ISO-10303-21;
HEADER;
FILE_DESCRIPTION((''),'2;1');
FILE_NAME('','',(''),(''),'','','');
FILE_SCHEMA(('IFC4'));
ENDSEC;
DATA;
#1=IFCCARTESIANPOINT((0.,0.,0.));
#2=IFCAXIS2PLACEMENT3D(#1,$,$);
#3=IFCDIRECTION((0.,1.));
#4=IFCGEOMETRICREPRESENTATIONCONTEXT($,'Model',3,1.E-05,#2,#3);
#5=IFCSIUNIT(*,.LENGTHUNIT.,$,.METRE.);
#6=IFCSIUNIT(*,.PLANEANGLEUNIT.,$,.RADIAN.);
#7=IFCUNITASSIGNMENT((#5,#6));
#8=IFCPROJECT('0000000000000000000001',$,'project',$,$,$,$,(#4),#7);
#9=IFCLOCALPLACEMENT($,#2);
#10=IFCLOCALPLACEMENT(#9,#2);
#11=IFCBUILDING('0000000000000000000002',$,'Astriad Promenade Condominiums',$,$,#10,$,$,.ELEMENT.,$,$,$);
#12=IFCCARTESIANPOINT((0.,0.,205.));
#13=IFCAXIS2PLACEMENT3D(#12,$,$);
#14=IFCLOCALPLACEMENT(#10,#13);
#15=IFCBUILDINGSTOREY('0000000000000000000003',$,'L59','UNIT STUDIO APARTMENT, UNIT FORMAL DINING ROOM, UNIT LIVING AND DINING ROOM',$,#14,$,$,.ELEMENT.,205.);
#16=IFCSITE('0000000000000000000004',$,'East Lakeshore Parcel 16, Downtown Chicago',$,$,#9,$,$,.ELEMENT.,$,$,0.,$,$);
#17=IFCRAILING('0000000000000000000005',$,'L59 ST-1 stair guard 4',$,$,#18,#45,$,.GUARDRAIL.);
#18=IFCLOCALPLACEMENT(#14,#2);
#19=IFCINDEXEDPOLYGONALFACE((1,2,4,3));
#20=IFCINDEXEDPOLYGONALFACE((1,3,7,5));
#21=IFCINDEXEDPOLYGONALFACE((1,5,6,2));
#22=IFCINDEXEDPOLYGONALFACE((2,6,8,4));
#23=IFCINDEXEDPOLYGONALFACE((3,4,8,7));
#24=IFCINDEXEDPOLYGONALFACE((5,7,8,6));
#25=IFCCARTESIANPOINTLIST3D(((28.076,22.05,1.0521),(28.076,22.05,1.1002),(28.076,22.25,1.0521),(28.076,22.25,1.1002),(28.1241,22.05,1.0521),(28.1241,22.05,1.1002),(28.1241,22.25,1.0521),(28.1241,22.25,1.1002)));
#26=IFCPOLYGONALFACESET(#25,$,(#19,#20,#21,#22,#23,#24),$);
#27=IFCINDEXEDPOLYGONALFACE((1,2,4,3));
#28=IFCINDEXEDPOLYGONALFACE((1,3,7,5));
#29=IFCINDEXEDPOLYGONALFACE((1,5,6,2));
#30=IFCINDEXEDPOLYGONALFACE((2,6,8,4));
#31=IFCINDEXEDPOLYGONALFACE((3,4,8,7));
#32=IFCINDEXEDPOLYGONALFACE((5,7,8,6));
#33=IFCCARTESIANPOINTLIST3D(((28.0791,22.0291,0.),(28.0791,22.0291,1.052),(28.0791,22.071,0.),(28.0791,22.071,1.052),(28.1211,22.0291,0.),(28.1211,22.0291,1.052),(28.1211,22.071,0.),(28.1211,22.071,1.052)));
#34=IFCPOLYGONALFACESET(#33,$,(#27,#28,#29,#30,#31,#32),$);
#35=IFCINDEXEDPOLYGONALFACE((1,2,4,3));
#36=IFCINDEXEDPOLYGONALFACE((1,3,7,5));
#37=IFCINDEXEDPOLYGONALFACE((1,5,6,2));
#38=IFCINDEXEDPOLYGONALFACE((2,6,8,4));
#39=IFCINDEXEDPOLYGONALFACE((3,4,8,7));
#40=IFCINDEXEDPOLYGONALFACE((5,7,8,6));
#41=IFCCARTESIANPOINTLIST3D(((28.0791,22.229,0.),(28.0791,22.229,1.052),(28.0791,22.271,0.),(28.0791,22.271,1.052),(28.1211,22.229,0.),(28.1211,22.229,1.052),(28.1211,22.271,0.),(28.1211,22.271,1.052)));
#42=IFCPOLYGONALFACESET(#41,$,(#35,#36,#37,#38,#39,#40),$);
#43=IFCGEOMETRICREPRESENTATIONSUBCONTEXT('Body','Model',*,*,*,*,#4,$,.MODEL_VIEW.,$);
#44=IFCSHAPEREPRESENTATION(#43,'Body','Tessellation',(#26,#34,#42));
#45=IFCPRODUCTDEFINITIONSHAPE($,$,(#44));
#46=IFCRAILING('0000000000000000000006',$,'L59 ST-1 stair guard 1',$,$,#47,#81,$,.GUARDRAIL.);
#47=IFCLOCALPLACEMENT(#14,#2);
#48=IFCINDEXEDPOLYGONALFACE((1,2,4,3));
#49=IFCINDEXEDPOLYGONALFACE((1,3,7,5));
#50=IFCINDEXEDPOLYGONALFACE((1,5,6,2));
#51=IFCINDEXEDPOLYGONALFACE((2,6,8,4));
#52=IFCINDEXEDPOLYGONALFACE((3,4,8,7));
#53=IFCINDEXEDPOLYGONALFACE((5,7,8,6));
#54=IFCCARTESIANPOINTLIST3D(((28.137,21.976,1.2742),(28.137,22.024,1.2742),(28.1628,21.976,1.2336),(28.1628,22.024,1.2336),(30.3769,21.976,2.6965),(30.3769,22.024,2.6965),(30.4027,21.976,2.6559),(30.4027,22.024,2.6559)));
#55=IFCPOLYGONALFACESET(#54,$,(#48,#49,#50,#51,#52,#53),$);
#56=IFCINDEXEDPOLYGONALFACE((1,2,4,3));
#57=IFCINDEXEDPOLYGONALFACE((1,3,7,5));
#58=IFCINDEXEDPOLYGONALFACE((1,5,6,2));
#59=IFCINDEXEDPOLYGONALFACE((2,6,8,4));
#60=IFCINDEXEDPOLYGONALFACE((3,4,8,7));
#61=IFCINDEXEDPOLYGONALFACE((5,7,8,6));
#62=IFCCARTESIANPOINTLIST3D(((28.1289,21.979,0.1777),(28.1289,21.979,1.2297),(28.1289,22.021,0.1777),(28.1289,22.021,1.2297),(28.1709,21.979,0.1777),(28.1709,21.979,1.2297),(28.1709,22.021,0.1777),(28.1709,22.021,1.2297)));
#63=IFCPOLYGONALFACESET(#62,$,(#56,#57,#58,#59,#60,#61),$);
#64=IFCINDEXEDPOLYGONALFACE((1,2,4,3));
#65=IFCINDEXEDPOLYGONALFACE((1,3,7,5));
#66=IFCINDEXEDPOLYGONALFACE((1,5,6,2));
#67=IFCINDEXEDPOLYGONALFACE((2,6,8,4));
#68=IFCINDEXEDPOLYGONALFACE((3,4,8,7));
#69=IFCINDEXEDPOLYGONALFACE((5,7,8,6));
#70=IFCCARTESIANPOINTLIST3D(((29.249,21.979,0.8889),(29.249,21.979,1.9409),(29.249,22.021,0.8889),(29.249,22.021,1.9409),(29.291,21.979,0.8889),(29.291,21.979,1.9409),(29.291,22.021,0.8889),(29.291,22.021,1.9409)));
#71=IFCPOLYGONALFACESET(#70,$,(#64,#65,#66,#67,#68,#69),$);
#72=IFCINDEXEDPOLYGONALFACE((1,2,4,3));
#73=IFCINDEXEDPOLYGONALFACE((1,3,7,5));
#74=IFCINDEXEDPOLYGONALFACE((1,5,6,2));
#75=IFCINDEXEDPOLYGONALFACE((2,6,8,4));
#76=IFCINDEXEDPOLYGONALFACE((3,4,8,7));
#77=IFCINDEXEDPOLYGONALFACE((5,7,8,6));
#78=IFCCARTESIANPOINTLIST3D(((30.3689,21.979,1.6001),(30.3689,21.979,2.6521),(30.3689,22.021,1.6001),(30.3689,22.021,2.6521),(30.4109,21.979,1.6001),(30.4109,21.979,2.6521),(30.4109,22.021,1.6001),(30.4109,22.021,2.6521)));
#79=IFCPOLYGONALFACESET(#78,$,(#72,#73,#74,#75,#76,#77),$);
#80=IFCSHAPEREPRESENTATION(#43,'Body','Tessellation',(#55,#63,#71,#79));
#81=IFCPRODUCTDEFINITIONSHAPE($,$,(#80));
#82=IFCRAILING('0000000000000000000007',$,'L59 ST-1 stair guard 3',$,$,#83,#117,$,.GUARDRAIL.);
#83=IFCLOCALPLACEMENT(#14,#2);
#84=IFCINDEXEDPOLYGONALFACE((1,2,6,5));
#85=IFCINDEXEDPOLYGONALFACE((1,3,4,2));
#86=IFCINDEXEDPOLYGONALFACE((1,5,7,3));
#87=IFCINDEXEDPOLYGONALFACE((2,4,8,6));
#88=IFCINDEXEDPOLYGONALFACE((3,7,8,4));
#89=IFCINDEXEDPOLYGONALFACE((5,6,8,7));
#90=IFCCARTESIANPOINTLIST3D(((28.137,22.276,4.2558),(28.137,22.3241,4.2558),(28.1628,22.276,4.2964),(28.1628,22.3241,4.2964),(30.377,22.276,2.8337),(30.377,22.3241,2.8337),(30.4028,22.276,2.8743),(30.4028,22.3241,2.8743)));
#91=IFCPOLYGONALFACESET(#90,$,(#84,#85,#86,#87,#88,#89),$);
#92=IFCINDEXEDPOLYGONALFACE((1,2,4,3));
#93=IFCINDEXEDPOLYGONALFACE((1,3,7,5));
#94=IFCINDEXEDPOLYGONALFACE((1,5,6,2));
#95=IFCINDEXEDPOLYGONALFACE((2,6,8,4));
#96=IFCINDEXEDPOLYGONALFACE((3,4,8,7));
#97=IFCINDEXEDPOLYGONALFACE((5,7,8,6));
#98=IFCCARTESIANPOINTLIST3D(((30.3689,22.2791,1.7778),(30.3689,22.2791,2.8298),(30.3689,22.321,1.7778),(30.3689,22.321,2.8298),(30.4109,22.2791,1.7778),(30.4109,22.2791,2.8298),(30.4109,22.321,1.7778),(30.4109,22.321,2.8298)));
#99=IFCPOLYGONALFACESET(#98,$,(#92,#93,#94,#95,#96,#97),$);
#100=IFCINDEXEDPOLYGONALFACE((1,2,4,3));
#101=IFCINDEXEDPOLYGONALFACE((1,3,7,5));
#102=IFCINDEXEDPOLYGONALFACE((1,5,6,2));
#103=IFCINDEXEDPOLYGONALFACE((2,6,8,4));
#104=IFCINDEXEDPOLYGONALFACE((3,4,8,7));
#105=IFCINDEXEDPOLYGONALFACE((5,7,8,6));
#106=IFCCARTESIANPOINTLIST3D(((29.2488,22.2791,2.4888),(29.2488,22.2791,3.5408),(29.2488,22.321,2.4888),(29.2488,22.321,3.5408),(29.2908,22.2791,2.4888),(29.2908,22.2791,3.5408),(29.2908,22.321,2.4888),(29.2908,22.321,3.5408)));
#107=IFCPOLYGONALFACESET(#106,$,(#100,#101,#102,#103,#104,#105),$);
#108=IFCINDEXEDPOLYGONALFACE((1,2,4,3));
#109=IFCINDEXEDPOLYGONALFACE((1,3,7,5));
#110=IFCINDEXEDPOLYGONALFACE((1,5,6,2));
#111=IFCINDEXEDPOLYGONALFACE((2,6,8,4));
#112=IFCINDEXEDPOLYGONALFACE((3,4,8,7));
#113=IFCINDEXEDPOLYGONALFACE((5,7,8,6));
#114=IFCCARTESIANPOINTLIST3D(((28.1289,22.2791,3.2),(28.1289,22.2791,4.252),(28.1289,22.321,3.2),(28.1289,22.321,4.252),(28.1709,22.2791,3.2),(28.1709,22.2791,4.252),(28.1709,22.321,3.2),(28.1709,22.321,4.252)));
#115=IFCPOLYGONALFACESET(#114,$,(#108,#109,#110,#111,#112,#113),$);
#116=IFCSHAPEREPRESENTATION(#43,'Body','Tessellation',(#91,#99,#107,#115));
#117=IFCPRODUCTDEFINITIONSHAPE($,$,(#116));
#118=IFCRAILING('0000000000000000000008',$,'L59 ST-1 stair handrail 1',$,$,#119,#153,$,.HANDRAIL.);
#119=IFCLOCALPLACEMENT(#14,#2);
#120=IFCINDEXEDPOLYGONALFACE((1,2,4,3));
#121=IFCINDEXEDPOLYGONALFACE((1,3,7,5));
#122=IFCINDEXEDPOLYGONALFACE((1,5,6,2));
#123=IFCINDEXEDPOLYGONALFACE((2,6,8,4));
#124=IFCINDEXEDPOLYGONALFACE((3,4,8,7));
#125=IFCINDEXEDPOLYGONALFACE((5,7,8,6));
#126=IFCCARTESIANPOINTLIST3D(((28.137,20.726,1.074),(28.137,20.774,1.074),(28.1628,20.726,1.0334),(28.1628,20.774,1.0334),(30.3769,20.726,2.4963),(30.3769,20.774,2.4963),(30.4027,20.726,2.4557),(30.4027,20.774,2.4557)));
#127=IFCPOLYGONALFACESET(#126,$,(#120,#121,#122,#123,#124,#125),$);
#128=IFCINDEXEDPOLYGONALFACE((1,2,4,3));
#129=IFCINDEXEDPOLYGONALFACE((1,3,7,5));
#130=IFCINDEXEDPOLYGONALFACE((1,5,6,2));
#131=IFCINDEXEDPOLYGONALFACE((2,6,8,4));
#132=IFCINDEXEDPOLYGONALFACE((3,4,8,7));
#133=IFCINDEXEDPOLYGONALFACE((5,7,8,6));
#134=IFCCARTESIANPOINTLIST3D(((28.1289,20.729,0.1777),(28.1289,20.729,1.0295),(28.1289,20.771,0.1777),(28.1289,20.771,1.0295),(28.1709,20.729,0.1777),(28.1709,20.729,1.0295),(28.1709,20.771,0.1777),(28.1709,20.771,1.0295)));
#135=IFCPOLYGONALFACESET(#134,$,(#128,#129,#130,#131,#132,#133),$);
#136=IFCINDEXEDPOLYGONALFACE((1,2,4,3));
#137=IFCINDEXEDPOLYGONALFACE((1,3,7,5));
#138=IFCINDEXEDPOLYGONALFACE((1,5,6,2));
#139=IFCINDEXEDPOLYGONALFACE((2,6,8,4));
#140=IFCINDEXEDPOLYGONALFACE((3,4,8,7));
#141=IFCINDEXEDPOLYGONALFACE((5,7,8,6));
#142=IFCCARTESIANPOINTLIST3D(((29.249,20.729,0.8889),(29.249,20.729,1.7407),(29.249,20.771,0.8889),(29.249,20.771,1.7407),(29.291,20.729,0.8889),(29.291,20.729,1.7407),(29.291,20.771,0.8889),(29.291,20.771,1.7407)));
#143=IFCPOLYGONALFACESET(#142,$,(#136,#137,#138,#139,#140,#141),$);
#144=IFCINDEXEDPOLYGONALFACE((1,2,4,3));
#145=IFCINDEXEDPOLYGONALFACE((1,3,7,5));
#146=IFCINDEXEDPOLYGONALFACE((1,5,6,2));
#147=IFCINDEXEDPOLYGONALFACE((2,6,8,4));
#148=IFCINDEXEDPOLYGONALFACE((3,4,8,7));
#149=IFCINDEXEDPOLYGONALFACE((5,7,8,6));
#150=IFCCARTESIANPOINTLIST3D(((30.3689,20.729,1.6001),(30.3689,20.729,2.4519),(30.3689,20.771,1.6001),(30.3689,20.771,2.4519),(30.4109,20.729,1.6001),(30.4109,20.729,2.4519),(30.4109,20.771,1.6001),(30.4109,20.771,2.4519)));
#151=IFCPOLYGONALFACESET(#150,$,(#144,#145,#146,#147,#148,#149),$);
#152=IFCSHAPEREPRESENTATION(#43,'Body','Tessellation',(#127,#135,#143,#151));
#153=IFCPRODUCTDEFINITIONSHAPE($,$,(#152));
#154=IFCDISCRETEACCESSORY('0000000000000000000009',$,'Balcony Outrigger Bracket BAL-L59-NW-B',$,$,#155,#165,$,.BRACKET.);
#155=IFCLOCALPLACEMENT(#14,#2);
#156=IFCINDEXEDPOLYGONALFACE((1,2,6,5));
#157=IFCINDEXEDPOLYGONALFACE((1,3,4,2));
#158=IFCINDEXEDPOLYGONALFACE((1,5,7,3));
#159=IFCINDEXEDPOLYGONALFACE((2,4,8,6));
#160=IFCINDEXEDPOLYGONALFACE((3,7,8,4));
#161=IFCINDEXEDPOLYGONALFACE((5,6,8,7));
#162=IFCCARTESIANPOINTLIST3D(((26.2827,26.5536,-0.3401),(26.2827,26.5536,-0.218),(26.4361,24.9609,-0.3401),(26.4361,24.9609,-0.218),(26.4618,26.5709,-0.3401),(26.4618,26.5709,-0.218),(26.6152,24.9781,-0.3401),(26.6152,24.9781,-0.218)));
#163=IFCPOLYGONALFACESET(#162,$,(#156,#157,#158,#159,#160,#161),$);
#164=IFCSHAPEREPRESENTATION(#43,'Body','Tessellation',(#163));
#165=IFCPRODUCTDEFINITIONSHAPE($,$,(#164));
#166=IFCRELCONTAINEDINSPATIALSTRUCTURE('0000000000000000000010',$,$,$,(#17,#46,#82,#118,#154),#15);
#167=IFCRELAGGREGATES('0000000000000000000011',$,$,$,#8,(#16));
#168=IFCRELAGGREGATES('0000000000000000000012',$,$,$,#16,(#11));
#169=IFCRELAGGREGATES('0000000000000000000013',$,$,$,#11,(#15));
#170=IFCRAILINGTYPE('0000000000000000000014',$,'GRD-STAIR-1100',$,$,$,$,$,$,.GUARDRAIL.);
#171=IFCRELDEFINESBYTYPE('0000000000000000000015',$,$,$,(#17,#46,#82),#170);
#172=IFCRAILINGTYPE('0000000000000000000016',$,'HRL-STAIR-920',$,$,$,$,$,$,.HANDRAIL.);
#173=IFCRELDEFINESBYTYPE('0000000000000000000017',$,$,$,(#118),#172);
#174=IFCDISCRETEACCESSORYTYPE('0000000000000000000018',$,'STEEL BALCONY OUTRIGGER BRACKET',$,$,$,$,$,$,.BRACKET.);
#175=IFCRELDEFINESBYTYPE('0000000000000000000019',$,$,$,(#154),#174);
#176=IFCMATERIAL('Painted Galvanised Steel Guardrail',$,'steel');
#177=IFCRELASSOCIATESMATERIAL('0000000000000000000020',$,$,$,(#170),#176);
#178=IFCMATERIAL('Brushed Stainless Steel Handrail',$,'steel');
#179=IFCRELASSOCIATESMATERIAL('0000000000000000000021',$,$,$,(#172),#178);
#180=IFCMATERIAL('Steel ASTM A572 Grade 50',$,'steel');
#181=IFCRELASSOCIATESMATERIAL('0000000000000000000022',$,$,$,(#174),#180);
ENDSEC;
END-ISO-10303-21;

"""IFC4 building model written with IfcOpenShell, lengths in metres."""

from ifc_helpers import new_model, si_unit, direction, frame, origin, origin_2d, place, context, subcontext, project, spatial, rectangle, extrude, source, transform, mapped, material, type_object, type_shapes, element, save


model = new_model("IFC4")

# Units and contexts
model_context = context("Model", 3, precision=1e-05, world=origin(), true_north=direction((0.0, 1.0)))
body_context = subcontext(model_context, "Body", "Model", "MODEL_VIEW")
ifc_project = project(units=[si_unit("LENGTHUNIT", "METRE"), si_unit("PLANEANGLEUNIT", "RADIAN")], contexts=[model_context])

# Site, building, storey
site_placement = place(None, origin())
site = spatial("IfcSite", under=ifc_project, at=site_placement, Name="East Lakeshore Parcel 16, Downtown Chicago", CompositionType="ELEMENT", RefElevation=0.0)
building_placement = place(site_placement, origin())
building = spatial("IfcBuilding", under=site, at=building_placement, Name="Astriad Promenade Condominiums", CompositionType="ELEMENT")
storey_placement = place(building_placement, frame((0.0, 0.0, 205.0)))
storey = spatial("IfcBuildingStorey", under=building, at=storey_placement, Name="L59", Description="UNIT STUDIO APARTMENT, UNIT FORMAL DINING ROOM, UNIT LIVING AND DINING ROOM", CompositionType="ELEMENT", Elevation=205.0)

# Railings
ifc_material_1 = material(Name="Painted Galvanised Steel Guardrail", Category="steel")
railing_type_1 = type_object("IfcRailingType", Name="GRD-STAIR-1100", PredefinedType="GUARDRAIL", material=ifc_material_1)
shared_shape_1 = source(origin(), body_context, "Body", "SweptSolid", [
    extrude(rectangle(XDim=0.0481, YDim=0.0481, at=origin_2d()), frame((0.0, 0.0, 1.0762), z_axis=(0.0, 1.0, 0.0), x_axis=(-1.0, 0.0, 0.0)), (0.0, 0.0, 1.0), 0.2),
    extrude(rectangle(XDim=0.042, YDim=0.042, at=origin_2d()), origin(), (0.0, 0.0, 1.0), 1.052),
    extrude(rectangle(XDim=0.042, YDim=0.042, at=origin_2d()), frame((0.0, 0.2, 0.0)), (0.0, 0.0, 1.0), 1.052),
])
railing_1_placement = place(storey_placement, frame((28.1001, 22.05, 0.0)))
element("IfcRailing", 1, at=railing_1_placement, inside=storey, type_object=railing_type_1, Name="L59 ST-1 stair guard 4", PredefinedType="GUARDRAIL", context=body_context, shape_type="MappedRepresentation", body=[
    mapped(shared_shape_1, transform((0.0, 0.0, 0.0), scale=1.0)),
])
shared_shape_2 = source(origin(), body_context, "Body", "SweptSolid", [
    extrude(rectangle(XDim=0.0481, YDim=0.0481, at=origin_2d()), frame((0.0, 0.0, 1.0762), z_axis=(0.844188, 0.0, 0.536048), x_axis=(0.0, 1.0, 0.0)), (0.0, 0.0, 1.0), 2.6533),
    extrude(rectangle(XDim=0.042, YDim=0.042, at=origin_2d()), origin(), (0.0, 0.0, 1.0), 1.052),
    extrude(rectangle(XDim=0.042, YDim=0.042, at=origin_2d()), frame((1.1201, 0.0, 0.7112)), (0.0, 0.0, 1.0), 1.052),
    extrude(rectangle(XDim=0.042, YDim=0.042, at=origin_2d()), frame((2.24, 0.0, 1.4224)), (0.0, 0.0, 1.0), 1.052),
])
railing_2_placement = place(storey_placement, frame((28.1499, 22.0, 0.1777)))
element("IfcRailing", 2, at=railing_2_placement, inside=storey, type_object=railing_type_1, Name="L59 ST-1 stair guard 1", PredefinedType="GUARDRAIL", context=body_context, shape_type="MappedRepresentation", body=[
    mapped(shared_shape_2, transform((0.0, 0.0, 0.0), scale=1.0)),
])
shared_shape_3 = source(origin(), body_context, "Body", "SweptSolid", [
    extrude(rectangle(XDim=0.0481, YDim=0.0481, at=origin_2d()), frame((0.0, 0.0, 1.0762), z_axis=(-0.844229, 0.0, 0.535982), x_axis=(0.0, -1.0, 0.0)), (0.0, 0.0, 1.0), 2.6533),
    extrude(rectangle(XDim=0.042, YDim=0.042, at=origin_2d()), origin(), (0.0, 0.0, 1.0), 1.052),
    extrude(rectangle(XDim=0.042, YDim=0.042, at=origin_2d()), frame((-1.1201, 0.0, 0.7109)), (0.0, 0.0, 1.0), 1.052),
    extrude(rectangle(XDim=0.042, YDim=0.042, at=origin_2d()), frame((-2.24, 0.0, 1.4221)), (0.0, 0.0, 1.0), 1.052),
])
type_shapes(railing_type_1, [shared_shape_1, shared_shape_2, shared_shape_3])
railing_3_placement = place(storey_placement, frame((30.3899, 22.3, 1.7778)))
element("IfcRailing", 3, at=railing_3_placement, inside=storey, type_object=railing_type_1, Name="L59 ST-1 stair guard 3", PredefinedType="GUARDRAIL", context=body_context, shape_type="MappedRepresentation", body=[
    mapped(shared_shape_3, transform((0.0, 0.0, 0.0), scale=1.0)),
])
ifc_material_2 = material(Name="Brushed Stainless Steel Handrail", Category="steel")
railing_type_2 = type_object("IfcRailingType", Name="HRL-STAIR-920", PredefinedType="HANDRAIL", material=ifc_material_2)
shared_shape_4 = source(origin(), body_context, "Body", "SweptSolid", [
    extrude(rectangle(XDim=0.0481, YDim=0.0481, at=origin_2d()), frame((0.0, 0.0, 0.876), z_axis=(0.844188, 0.0, 0.536048), x_axis=(0.0, 1.0, 0.0)), (0.0, 0.0, 1.0), 2.6533),
    extrude(rectangle(XDim=0.042, YDim=0.042, at=origin_2d()), origin(), (0.0, 0.0, 1.0), 0.8518),
    extrude(rectangle(XDim=0.042, YDim=0.042, at=origin_2d()), frame((1.1201, 0.0, 0.7112)), (0.0, 0.0, 1.0), 0.8518),
    extrude(rectangle(XDim=0.042, YDim=0.042, at=origin_2d()), frame((2.24, 0.0, 1.4224)), (0.0, 0.0, 1.0), 0.8518),
])
type_shapes(railing_type_2, [shared_shape_4])
railing_4_placement = place(storey_placement, frame((28.1499, 20.75, 0.1777)))
element("IfcRailing", 4, at=railing_4_placement, inside=storey, type_object=railing_type_2, Name="L59 ST-1 stair handrail 1", PredefinedType="HANDRAIL", context=body_context, shape_type="MappedRepresentation", body=[
    mapped(shared_shape_4, transform((0.0, 0.0, 0.0), scale=1.0)),
])

# Discrete accessory
ifc_material_3 = material(Name="Steel ASTM A572 Grade 50", Category="steel")
discrete_accessory_type = type_object("IfcDiscreteAccessoryType", Name="STEEL BALCONY OUTRIGGER BRACKET", PredefinedType="BRACKET", material=ifc_material_3)
shared_shape_5 = source(origin(), body_context, "Body", "SweptSolid", [
    extrude(rectangle(XDim=1.6001, YDim=0.1799, at=origin_2d()), origin(), (0.0, 0.0, 1.0), 0.1221),
])
type_shapes(discrete_accessory_type, [shared_shape_5])
discrete_accessory_placement = place(storey_placement, frame((26.449, 25.7659, -0.3401), z_axis=(0.0, 0.0, 1.0), x_axis=(-0.095846, 0.995396, 0.0)))
element("IfcDiscreteAccessory", 5, at=discrete_accessory_placement, inside=storey, type_object=discrete_accessory_type, Name="Balcony Outrigger Bracket BAL-L59-NW-B", PredefinedType="BRACKET", context=body_context, shape_type="MappedRepresentation", body=[
    mapped(shared_shape_5, transform((0.0, 0.0, 0.0), scale=1.0)),
])

save(model, "model.ifc")
